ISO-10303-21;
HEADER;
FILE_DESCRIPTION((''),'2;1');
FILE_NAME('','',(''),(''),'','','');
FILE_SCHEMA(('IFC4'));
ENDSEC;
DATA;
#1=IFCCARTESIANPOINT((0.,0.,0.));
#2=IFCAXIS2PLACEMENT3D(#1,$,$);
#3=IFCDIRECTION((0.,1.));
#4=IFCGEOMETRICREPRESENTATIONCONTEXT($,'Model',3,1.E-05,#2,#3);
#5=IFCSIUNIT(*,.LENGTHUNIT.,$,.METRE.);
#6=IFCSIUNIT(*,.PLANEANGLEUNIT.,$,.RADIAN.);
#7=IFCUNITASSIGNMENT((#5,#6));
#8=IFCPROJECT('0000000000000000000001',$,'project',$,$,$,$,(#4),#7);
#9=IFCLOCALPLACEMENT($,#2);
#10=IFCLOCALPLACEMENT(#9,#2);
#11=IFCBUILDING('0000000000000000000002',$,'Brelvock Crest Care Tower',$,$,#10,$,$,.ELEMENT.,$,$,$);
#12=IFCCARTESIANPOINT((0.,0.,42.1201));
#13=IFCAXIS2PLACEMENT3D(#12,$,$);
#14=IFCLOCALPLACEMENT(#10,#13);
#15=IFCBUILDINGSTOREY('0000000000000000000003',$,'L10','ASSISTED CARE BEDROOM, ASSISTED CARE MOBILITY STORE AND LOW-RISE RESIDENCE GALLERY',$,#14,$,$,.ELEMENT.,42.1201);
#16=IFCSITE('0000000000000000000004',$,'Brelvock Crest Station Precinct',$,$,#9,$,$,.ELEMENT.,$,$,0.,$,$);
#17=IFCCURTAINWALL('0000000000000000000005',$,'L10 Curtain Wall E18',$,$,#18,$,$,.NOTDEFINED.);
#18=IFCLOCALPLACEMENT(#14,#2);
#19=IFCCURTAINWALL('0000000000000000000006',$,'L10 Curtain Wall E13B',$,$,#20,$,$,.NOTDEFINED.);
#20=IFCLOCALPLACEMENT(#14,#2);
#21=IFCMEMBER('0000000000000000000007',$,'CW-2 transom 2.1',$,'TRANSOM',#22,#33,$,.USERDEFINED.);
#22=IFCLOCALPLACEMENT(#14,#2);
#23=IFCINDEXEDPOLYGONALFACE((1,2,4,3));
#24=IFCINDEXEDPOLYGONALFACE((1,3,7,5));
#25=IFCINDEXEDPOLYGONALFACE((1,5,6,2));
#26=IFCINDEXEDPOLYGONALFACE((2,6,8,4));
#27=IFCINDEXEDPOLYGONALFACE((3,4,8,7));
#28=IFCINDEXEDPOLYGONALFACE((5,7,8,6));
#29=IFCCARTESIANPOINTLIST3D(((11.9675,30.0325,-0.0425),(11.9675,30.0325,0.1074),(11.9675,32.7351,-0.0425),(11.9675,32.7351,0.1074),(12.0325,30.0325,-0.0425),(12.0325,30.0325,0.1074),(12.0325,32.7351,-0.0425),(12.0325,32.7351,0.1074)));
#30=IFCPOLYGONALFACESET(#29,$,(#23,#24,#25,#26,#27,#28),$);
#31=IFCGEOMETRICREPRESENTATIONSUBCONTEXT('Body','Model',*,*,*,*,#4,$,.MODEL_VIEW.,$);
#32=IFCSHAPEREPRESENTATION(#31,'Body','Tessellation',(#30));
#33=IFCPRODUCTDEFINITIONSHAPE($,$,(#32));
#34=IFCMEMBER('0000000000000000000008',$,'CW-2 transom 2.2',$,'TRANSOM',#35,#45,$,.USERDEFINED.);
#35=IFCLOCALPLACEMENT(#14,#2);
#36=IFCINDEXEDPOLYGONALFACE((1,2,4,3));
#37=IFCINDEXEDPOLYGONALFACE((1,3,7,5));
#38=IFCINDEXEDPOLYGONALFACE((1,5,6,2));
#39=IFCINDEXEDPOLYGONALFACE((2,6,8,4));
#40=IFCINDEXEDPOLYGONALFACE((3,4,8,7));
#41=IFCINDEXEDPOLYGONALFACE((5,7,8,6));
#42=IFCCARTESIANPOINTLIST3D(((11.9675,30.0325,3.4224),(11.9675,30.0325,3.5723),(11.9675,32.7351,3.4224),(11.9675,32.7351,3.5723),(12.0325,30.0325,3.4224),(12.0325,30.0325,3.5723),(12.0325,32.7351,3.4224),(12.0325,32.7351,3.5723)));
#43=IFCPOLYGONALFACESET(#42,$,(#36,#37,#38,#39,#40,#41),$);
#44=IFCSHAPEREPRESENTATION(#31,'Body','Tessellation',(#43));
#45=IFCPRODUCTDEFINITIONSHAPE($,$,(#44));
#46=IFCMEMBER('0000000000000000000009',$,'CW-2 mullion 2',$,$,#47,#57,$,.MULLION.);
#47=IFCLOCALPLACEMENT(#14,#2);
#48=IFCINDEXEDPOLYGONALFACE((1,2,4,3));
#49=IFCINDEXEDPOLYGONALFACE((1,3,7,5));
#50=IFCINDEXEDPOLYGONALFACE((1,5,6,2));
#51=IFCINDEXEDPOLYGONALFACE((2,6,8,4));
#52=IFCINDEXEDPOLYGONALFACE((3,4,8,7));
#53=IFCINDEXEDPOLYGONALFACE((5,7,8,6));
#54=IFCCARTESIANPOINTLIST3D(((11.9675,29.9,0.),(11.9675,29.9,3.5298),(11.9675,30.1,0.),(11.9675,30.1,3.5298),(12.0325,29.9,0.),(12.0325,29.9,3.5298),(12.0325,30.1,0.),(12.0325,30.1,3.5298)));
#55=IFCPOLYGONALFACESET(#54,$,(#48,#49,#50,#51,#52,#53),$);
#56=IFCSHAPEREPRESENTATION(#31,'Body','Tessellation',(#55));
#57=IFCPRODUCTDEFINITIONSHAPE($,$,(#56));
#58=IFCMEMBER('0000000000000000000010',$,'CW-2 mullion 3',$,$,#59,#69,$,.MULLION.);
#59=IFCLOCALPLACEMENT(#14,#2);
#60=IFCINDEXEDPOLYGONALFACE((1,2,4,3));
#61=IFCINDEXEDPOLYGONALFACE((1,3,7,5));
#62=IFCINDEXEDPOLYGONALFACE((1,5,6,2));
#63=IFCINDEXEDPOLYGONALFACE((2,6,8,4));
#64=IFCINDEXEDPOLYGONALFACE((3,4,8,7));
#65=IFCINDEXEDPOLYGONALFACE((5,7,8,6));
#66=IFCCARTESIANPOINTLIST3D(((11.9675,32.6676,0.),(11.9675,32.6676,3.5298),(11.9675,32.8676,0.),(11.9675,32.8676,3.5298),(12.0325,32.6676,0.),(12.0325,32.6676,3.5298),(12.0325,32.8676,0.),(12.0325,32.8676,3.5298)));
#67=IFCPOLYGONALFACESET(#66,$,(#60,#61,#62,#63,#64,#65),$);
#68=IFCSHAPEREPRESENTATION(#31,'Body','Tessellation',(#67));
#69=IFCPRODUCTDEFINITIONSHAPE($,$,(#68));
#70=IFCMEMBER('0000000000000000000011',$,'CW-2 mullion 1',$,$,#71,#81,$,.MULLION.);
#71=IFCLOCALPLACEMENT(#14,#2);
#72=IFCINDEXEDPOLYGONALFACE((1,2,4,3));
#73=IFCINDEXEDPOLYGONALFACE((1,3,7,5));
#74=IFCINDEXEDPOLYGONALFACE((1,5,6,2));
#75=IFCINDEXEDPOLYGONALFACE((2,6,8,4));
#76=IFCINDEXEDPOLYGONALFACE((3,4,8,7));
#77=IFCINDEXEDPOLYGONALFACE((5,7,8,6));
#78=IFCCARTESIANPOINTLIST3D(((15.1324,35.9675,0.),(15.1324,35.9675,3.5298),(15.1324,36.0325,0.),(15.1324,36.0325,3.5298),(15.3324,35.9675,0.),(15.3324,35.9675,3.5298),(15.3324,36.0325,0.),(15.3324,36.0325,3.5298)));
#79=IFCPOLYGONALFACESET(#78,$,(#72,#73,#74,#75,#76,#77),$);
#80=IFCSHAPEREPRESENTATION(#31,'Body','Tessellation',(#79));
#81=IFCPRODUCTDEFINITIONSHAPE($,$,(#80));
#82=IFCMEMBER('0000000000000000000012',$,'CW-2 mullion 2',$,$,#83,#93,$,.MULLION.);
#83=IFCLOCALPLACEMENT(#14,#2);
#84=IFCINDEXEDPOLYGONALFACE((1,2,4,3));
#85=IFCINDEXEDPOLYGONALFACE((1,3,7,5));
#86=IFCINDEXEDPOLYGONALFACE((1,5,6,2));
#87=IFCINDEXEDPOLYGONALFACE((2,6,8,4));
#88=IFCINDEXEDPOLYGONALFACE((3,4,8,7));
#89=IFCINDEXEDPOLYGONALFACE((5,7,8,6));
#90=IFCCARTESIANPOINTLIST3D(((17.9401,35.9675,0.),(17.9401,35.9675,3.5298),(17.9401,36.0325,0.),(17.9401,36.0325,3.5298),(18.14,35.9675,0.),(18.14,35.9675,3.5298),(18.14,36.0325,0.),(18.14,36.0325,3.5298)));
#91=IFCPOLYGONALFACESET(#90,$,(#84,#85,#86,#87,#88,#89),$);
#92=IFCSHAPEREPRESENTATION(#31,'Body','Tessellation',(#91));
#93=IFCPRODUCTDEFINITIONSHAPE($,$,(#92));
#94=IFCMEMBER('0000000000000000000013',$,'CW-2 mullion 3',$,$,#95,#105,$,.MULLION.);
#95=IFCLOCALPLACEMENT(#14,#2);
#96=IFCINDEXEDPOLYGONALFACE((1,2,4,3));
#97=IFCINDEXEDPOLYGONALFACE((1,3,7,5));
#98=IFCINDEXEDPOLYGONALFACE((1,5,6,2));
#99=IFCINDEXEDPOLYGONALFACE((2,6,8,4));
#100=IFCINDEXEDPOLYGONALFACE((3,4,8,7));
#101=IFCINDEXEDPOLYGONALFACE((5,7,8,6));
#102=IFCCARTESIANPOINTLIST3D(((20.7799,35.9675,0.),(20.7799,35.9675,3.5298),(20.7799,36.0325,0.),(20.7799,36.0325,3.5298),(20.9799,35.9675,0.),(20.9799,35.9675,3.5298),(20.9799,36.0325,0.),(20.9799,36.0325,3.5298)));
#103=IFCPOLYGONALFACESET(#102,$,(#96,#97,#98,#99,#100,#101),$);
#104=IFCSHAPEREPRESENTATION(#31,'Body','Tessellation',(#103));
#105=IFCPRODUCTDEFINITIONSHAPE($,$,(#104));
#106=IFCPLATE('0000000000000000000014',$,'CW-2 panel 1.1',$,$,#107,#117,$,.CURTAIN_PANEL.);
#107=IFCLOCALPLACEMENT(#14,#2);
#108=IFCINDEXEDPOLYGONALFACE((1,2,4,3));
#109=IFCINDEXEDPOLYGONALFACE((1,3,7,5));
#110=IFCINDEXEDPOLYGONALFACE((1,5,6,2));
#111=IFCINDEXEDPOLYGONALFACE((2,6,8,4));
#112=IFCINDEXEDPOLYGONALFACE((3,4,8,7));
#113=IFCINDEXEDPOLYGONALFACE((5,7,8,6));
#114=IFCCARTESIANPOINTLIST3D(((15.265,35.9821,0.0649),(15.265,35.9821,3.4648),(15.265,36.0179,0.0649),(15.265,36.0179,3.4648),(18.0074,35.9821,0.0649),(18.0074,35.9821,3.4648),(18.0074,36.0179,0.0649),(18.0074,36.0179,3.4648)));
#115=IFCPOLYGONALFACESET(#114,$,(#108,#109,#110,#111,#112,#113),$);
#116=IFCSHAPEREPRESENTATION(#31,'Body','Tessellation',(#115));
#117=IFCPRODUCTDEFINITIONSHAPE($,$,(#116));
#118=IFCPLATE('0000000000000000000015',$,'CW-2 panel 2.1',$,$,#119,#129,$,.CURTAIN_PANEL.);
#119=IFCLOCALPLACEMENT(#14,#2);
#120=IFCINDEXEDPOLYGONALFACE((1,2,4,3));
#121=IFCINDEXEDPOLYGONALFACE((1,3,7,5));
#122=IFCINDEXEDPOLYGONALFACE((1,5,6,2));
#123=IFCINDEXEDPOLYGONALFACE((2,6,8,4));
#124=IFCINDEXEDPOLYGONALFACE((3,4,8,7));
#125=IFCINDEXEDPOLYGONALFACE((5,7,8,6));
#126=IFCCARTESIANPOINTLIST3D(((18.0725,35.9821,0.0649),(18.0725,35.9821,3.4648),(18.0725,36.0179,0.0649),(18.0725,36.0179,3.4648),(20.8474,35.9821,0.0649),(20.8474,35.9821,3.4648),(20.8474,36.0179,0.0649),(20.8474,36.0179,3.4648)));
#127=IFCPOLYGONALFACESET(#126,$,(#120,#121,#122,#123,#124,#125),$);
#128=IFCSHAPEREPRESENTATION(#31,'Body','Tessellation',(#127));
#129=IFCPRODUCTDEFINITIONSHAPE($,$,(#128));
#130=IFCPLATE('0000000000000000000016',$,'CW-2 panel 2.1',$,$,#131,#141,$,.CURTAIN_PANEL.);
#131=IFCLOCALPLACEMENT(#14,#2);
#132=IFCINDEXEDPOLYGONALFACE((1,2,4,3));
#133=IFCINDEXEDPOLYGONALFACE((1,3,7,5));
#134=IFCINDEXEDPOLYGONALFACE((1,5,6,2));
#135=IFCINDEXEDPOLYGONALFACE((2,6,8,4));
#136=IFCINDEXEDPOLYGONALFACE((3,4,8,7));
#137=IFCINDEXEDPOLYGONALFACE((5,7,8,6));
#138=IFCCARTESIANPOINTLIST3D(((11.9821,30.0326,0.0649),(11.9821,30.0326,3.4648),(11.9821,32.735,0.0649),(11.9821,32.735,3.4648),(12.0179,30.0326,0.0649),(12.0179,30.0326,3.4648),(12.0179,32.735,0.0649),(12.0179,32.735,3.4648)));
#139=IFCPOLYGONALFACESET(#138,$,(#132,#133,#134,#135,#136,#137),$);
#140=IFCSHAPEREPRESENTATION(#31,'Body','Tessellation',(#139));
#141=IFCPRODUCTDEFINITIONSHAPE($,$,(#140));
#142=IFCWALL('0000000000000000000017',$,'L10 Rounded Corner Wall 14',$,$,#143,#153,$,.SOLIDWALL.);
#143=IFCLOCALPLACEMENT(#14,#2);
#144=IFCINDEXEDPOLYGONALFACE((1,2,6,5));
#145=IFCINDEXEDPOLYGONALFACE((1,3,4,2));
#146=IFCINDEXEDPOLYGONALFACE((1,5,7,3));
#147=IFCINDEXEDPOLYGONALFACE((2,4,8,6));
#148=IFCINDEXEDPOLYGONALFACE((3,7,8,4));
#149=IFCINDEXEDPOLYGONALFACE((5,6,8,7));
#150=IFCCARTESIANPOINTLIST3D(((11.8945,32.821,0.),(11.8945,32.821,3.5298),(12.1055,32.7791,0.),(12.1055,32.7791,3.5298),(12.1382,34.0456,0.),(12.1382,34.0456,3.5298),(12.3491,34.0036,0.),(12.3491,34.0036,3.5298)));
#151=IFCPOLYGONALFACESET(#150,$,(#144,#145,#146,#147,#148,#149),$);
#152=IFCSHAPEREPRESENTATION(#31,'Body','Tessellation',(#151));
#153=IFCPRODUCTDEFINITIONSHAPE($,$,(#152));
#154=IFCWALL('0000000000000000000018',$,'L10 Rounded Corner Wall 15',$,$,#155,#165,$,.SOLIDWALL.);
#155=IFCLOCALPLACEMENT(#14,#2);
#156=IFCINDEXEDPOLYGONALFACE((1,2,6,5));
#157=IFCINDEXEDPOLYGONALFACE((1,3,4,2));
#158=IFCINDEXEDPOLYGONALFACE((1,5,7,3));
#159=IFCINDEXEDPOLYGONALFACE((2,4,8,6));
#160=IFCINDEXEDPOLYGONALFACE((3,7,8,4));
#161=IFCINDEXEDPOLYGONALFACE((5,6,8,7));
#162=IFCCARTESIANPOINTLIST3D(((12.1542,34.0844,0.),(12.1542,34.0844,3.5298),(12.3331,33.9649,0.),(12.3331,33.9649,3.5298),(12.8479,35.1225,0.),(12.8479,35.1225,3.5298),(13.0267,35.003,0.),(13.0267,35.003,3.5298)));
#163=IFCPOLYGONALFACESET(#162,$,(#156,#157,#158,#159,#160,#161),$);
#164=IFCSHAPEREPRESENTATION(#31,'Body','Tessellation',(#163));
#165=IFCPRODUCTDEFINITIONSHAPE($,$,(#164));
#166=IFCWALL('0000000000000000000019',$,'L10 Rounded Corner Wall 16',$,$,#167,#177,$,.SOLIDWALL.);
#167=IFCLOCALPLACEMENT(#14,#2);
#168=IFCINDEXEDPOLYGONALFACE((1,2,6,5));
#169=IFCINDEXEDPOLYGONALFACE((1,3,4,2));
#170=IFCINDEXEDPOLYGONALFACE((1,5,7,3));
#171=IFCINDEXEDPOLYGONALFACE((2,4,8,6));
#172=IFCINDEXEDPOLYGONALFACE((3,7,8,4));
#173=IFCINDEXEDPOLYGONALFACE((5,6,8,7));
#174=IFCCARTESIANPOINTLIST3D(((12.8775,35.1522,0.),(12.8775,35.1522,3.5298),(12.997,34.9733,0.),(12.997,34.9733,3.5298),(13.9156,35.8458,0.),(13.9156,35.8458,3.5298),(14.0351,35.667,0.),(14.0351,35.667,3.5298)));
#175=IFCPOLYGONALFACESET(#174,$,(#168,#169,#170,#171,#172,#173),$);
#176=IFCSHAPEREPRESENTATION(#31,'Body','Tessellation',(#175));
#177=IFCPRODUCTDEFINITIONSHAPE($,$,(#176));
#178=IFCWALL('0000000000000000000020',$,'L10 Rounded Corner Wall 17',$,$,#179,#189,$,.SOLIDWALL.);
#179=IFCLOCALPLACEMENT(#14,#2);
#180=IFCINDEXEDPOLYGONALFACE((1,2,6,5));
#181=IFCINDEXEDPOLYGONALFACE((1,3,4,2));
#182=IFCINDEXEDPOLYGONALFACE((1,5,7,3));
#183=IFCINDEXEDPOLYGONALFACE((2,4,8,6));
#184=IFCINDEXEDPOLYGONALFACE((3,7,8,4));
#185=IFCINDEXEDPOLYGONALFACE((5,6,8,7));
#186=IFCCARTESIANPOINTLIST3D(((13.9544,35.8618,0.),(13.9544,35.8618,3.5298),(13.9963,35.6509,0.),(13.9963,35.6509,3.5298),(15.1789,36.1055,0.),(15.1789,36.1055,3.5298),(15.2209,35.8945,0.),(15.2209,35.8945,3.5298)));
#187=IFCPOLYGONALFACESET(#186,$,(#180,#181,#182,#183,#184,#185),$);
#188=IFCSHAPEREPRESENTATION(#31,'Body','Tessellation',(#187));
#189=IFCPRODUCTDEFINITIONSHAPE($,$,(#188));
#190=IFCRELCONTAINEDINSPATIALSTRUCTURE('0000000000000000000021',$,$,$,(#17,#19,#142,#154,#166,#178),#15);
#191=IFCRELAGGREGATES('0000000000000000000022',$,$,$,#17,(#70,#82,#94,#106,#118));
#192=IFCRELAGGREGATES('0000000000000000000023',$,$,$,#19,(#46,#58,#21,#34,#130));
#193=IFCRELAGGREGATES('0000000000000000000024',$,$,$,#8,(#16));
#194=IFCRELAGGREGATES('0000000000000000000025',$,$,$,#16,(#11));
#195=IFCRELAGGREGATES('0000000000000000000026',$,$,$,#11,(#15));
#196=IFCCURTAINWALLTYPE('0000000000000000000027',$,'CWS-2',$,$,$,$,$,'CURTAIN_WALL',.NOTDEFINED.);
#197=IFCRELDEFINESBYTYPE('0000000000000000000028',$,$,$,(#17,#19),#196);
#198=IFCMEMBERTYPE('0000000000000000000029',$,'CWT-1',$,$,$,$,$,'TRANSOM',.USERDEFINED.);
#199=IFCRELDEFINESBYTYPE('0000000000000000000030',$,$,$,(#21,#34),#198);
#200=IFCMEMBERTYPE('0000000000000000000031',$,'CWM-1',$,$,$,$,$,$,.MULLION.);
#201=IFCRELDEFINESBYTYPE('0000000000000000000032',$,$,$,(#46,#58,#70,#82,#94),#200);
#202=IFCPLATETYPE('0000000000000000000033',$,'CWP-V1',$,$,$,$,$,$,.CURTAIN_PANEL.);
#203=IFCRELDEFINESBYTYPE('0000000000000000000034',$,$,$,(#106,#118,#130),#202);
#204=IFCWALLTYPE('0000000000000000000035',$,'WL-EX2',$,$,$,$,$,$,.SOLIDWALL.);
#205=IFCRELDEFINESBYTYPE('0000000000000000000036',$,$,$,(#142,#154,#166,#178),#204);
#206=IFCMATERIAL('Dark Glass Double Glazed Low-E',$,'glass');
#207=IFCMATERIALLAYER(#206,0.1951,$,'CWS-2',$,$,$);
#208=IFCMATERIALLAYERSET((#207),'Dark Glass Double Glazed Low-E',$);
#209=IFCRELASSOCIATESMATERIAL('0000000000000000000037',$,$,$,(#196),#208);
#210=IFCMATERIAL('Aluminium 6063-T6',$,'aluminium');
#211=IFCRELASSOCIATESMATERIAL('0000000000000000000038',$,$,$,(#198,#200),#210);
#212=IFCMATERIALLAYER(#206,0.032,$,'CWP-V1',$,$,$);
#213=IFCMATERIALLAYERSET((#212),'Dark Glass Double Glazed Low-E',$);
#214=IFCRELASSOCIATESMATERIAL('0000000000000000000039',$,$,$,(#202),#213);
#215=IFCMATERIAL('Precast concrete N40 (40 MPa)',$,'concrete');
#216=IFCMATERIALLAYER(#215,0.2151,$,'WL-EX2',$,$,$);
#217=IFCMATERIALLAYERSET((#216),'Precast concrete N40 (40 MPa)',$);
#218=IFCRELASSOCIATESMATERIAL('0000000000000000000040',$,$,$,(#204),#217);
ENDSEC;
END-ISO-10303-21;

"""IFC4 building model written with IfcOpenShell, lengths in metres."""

from ifc_helpers import new_model, si_unit, direction, frame, frame_2d, origin, origin_2d, place, context, subcontext, project, spatial, rectangle, extrude, source, transform, mapped, material, layer, layer_set, material_profile, profile_set, type_object, element, aggregate, save


model = new_model("IFC4")

# Units and contexts
model_context = context("Model", 3, precision=1e-05, world=origin(), true_north=direction((0.0, 1.0)))
body_context = subcontext(model_context, "Body", "Model", "MODEL_VIEW")
ifc_project = project(units=[si_unit("LENGTHUNIT", "METRE"), si_unit("PLANEANGLEUNIT", "RADIAN")], contexts=[model_context])

# Site, building, storey
site_placement = place(None, origin())
site = spatial("IfcSite", under=ifc_project, at=site_placement, Name="Brelvock Crest Station Precinct", CompositionType="ELEMENT", RefElevation=0.0)
building_placement = place(site_placement, origin())
building = spatial("IfcBuilding", under=site, at=building_placement, Name="Brelvock Crest Care Tower", CompositionType="ELEMENT")
storey_placement = place(building_placement, frame((0.0, 0.0, 42.1201)))
storey = spatial("IfcBuildingStorey", under=building, at=storey_placement, Name="L10", Description="ASSISTED CARE BEDROOM, ASSISTED CARE MOBILITY STORE AND LOW-RISE RESIDENCE GALLERY", CompositionType="ELEMENT", Elevation=42.1201)

# Curtain walls, members
ifc_material_1 = material(Name="Dark Glass Double Glazed Low-E", Category="glass")
ifc_layer_1 = layer(ifc_material_1, 0.1951, Name="CWS-2")
ifc_layer_set_1 = layer_set([ifc_layer_1], Name="Dark Glass Double Glazed Low-E")
curtain_wall_type = type_object("IfcCurtainWallType", Name="CWS-2", ElementType="CURTAIN_WALL", PredefinedType="NOTDEFINED", material=ifc_layer_set_1)
curtain_wall_1_placement = place(storey_placement, origin())
curtain_wall_1 = element("IfcCurtainWall", 1, at=curtain_wall_1_placement, inside=storey, type_object=curtain_wall_type, Name="L10 Curtain Wall E18", PredefinedType="NOTDEFINED")
ifc_material_2 = material(Name="Aluminium 6063-T6", Category="aluminium")
ifc_material_profile_1 = material_profile(ifc_material_2, rectangle(XDim=0.0649, YDim=0.1499, at=origin_2d()), Name="ALU65x150")
ifc_profile_set_1 = profile_set([ifc_material_profile_1], Name="Aluminium 6063-T6")
member_type_1 = type_object("IfcMemberType", Name="CWT-1", ElementType="TRANSOM", PredefinedType="USERDEFINED", material=ifc_profile_set_1)
curtain_wall_2_placement = place(storey_placement, origin())
curtain_wall_2 = element("IfcCurtainWall", 2, at=curtain_wall_2_placement, inside=storey, type_object=curtain_wall_type, Name="L10 Curtain Wall E13B", PredefinedType="NOTDEFINED")
shared_shape_1 = source(origin(), body_context, "Body", "SweptSolid", [
    extrude(rectangle(XDim=0.0649, YDim=0.1499, at=origin_2d()), origin(), (0.0, 0.0, 1.0), 2.7026),
])
member_1_placement = place(storey_placement, frame((12.0, 30.0325, 0.0325), z_axis=(0.0, 1.0, 0.0), x_axis=(-1.0, 0.0, 0.0)))
member_1 = element("IfcMember", 3, at=member_1_placement, type_object=member_type_1, Name="CW-2 transom 2.1", ObjectType="TRANSOM", PredefinedType="USERDEFINED", context=body_context, shape_type="MappedRepresentation", body=[
    mapped(shared_shape_1, transform((0.0, 0.0, 0.0), x_axis=(1.0, 0.0, 0.0), y_axis=(0.0, 1.0, 0.0), z_axis=(0.0, 0.0, 1.0), scale=1.0)),
])
member_2_placement = place(storey_placement, frame((12.0, 30.0325, 3.4973), z_axis=(0.0, 1.0, 0.0), x_axis=(-1.0, 0.0, 0.0)))
member_2 = element("IfcMember", 4, at=member_2_placement, type_object=member_type_1, Name="CW-2 transom 2.2", ObjectType="TRANSOM", PredefinedType="USERDEFINED", context=body_context, shape_type="MappedRepresentation", body=[
    mapped(shared_shape_1, transform((0.0, 0.0, 0.0), x_axis=(1.0, 0.0, 0.0), y_axis=(0.0, 1.0, 0.0), z_axis=(0.0, 0.0, 1.0), scale=1.0)),
])
ifc_material_profile_2 = material_profile(ifc_material_2, rectangle(XDim=0.0649, YDim=0.2, at=origin_2d()), Name="ALU65x200")
ifc_profile_set_2 = profile_set([ifc_material_profile_2], Name="Aluminium 6063-T6")
member_type_2 = type_object("IfcMemberType", Name="CWM-1", PredefinedType="MULLION", material=ifc_profile_set_2)
shared_shape_2 = source(origin(), body_context, "Body", "SweptSolid", [
    extrude(rectangle(XDim=0.0649, YDim=0.2, at=origin_2d()), origin(), (0.0, 0.0, 1.0), 3.5298),
])
member_3_placement = place(storey_placement, frame((12.0, 30.0, 0.0), z_axis=(0.0, 0.0, 1.0), x_axis=(-1.0, 0.0, 0.0)))
member_3 = element("IfcMember", 5, at=member_3_placement, type_object=member_type_2, Name="CW-2 mullion 2", PredefinedType="MULLION", context=body_context, shape_type="MappedRepresentation", body=[
    mapped(shared_shape_2, transform((0.0, 0.0, 0.0), x_axis=(1.0, 0.0, 0.0), y_axis=(0.0, 1.0, 0.0), z_axis=(0.0, 0.0, 1.0), scale=1.0)),
])
member_4_placement = place(storey_placement, frame((12.0, 32.7676, 0.0), z_axis=(0.0, 0.0, 1.0), x_axis=(-1.0, 0.0, 0.0)))
member_4 = element("IfcMember", 6, at=member_4_placement, type_object=member_type_2, Name="CW-2 mullion 3", PredefinedType="MULLION", context=body_context, shape_type="MappedRepresentation", body=[
    mapped(shared_shape_2, transform((0.0, 0.0, 0.0), x_axis=(1.0, 0.0, 0.0), y_axis=(0.0, 1.0, 0.0), z_axis=(0.0, 0.0, 1.0), scale=1.0)),
])

# Members
member_5_placement = place(storey_placement, frame((15.2324, 36.0, 0.0), z_axis=(0.0, 0.0, 1.0), x_axis=(0.0, 1.0, 0.0)))
member_5 = element("IfcMember", 7, at=member_5_placement, type_object=member_type_2, Name="CW-2 mullion 1", PredefinedType="MULLION", context=body_context, shape_type="MappedRepresentation", body=[
    mapped(shared_shape_2, transform((0.0, 0.0, 0.0), x_axis=(1.0, 0.0, 0.0), y_axis=(0.0, 1.0, 0.0), z_axis=(0.0, 0.0, 1.0), scale=1.0)),
])
member_6_placement = place(storey_placement, frame((18.04, 36.0, 0.0), z_axis=(0.0, 0.0, 1.0), x_axis=(0.0, 1.0, 0.0)))
member_6 = element("IfcMember", 8, at=member_6_placement, type_object=member_type_2, Name="CW-2 mullion 2", PredefinedType="MULLION", context=body_context, shape_type="MappedRepresentation", body=[
    mapped(shared_shape_2, transform((0.0, 0.0, 0.0), x_axis=(1.0, 0.0, 0.0), y_axis=(0.0, 1.0, 0.0), z_axis=(0.0, 0.0, 1.0), scale=1.0)),
])
member_7_placement = place(storey_placement, frame((20.8799, 36.0, 0.0), z_axis=(0.0, 0.0, 1.0), x_axis=(0.0, 1.0, 0.0)))
member_7 = element("IfcMember", 9, at=member_7_placement, type_object=member_type_2, Name="CW-2 mullion 3", PredefinedType="MULLION", context=body_context, shape_type="MappedRepresentation", body=[
    mapped(shared_shape_2, transform((0.0, 0.0, 0.0), x_axis=(1.0, 0.0, 0.0), y_axis=(0.0, 1.0, 0.0), z_axis=(0.0, 0.0, 1.0), scale=1.0)),
])

# Plates
ifc_layer_2 = layer(ifc_material_1, 0.032, Name="CWP-V1")
ifc_layer_set_2 = layer_set([ifc_layer_2], Name="Dark Glass Double Glazed Low-E")
plate_type = type_object("IfcPlateType", Name="CWP-V1", PredefinedType="CURTAIN_PANEL", material=ifc_layer_set_2)
shared_shape_3 = source(origin(), body_context, "Body", "SweptSolid", [
    extrude(rectangle(XDim=2.7424, YDim=0.0359, at=origin_2d()), origin(), (0.0, 0.0, 1.0), 3.3999),
])
plate_1_placement = place(storey_placement, frame((16.6362, 36.0, 0.0649), z_axis=(0.0, 0.0, 1.0), x_axis=(1.0, 0.0, 0.0)))
plate_1 = element("IfcPlate", 10, at=plate_1_placement, type_object=plate_type, Name="CW-2 panel 1.1", PredefinedType="CURTAIN_PANEL", context=body_context, shape_type="MappedRepresentation", body=[
    mapped(shared_shape_3, transform((0.0, 0.0, 0.0), x_axis=(1.0, 0.0, 0.0), y_axis=(0.0, 1.0, 0.0), z_axis=(0.0, 0.0, 1.0), scale=1.0)),
])
shared_shape_4 = source(origin(), body_context, "Body", "SweptSolid", [
    extrude(rectangle(XDim=2.7749, YDim=0.0359, at=origin_2d()), origin(), (0.0, 0.0, 1.0), 3.3999),
])
plate_2_placement = place(storey_placement, frame((19.46, 36.0, 0.0649), z_axis=(0.0, 0.0, 1.0), x_axis=(1.0, 0.0, 0.0)))
plate_2 = element("IfcPlate", 11, at=plate_2_placement, type_object=plate_type, Name="CW-2 panel 2.1", PredefinedType="CURTAIN_PANEL", context=body_context, shape_type="MappedRepresentation", body=[
    mapped(shared_shape_4, transform((0.0, 0.0, 0.0), x_axis=(1.0, 0.0, 0.0), y_axis=(0.0, 1.0, 0.0), z_axis=(0.0, 0.0, 1.0), scale=1.0)),
])
aggregate(curtain_wall_1, [member_5, member_6, member_7, plate_1, plate_2])
shared_shape_5 = source(origin(), body_context, "Body", "SweptSolid", [
    extrude(rectangle(XDim=2.7024, YDim=0.0359, at=origin_2d()), origin(), (0.0, 0.0, 1.0), 3.3999),
])
plate_3_placement = place(storey_placement, frame((12.0, 31.3838, 0.0649), z_axis=(0.0, 0.0, 1.0), x_axis=(0.0, 1.0, 0.0)))
plate_3 = element("IfcPlate", 12, at=plate_3_placement, type_object=plate_type, Name="CW-2 panel 2.1", PredefinedType="CURTAIN_PANEL", context=body_context, shape_type="MappedRepresentation", body=[
    mapped(shared_shape_5, transform((0.0, 0.0, 0.0), x_axis=(1.0, 0.0, 0.0), y_axis=(0.0, 1.0, 0.0), z_axis=(0.0, 0.0, 1.0), scale=1.0)),
])
aggregate(curtain_wall_2, [member_3, member_4, member_1, member_2, plate_3])

# Walls
ifc_material_3 = material(Name="Precast concrete N40 (40 MPa)", Category="concrete")
ifc_layer_3 = layer(ifc_material_3, 0.2151, Name="WL-EX2")
ifc_layer_set_3 = layer_set([ifc_layer_3], Name="Precast concrete N40 (40 MPa)")
wall_type_1 = type_object("IfcWallType", Name="WL-EX2", PredefinedType="SOLIDWALL", material=ifc_layer_set_3)
for number, where, z_axis, x_axis, name in (
    (13, (12.0, 32.8, 0.0), (0.0, 0.0, 1.0), (0.195138, 0.980776, 0.0), "L10 Rounded Corner Wall 14"),
    (14, (12.2437, 34.0247, 0.0), (0.0, 0.0, 1.0), (0.555557, 0.831478, 0.0), "L10 Rounded Corner Wall 15"),
    (15, (12.9373, 35.0627, 0.0), (0.0, 0.0, 1.0), (0.831478, 0.555557, 0.0), "L10 Rounded Corner Wall 16"),
    (16, (13.9753, 35.7563, 0.0), (0.0, 0.0, 1.0), (0.980776, 0.195138, 0.0), "L10 Rounded Corner Wall 17"),
):
    element("IfcWall", number, at=place(storey_placement, frame(where, z_axis=z_axis, x_axis=x_axis)), inside=storey, type_object=wall_type_1, Name=name, PredefinedType="SOLIDWALL", context=body_context, shape_type="SweptSolid", body=[
        extrude(rectangle(XDim=1.2485, YDim=0.2151, at=frame_2d((0.6243, 0.0))), origin(), (0.0, 0.0, 1.0), 3.5298),
    ])

save(model, "model.ifc")
